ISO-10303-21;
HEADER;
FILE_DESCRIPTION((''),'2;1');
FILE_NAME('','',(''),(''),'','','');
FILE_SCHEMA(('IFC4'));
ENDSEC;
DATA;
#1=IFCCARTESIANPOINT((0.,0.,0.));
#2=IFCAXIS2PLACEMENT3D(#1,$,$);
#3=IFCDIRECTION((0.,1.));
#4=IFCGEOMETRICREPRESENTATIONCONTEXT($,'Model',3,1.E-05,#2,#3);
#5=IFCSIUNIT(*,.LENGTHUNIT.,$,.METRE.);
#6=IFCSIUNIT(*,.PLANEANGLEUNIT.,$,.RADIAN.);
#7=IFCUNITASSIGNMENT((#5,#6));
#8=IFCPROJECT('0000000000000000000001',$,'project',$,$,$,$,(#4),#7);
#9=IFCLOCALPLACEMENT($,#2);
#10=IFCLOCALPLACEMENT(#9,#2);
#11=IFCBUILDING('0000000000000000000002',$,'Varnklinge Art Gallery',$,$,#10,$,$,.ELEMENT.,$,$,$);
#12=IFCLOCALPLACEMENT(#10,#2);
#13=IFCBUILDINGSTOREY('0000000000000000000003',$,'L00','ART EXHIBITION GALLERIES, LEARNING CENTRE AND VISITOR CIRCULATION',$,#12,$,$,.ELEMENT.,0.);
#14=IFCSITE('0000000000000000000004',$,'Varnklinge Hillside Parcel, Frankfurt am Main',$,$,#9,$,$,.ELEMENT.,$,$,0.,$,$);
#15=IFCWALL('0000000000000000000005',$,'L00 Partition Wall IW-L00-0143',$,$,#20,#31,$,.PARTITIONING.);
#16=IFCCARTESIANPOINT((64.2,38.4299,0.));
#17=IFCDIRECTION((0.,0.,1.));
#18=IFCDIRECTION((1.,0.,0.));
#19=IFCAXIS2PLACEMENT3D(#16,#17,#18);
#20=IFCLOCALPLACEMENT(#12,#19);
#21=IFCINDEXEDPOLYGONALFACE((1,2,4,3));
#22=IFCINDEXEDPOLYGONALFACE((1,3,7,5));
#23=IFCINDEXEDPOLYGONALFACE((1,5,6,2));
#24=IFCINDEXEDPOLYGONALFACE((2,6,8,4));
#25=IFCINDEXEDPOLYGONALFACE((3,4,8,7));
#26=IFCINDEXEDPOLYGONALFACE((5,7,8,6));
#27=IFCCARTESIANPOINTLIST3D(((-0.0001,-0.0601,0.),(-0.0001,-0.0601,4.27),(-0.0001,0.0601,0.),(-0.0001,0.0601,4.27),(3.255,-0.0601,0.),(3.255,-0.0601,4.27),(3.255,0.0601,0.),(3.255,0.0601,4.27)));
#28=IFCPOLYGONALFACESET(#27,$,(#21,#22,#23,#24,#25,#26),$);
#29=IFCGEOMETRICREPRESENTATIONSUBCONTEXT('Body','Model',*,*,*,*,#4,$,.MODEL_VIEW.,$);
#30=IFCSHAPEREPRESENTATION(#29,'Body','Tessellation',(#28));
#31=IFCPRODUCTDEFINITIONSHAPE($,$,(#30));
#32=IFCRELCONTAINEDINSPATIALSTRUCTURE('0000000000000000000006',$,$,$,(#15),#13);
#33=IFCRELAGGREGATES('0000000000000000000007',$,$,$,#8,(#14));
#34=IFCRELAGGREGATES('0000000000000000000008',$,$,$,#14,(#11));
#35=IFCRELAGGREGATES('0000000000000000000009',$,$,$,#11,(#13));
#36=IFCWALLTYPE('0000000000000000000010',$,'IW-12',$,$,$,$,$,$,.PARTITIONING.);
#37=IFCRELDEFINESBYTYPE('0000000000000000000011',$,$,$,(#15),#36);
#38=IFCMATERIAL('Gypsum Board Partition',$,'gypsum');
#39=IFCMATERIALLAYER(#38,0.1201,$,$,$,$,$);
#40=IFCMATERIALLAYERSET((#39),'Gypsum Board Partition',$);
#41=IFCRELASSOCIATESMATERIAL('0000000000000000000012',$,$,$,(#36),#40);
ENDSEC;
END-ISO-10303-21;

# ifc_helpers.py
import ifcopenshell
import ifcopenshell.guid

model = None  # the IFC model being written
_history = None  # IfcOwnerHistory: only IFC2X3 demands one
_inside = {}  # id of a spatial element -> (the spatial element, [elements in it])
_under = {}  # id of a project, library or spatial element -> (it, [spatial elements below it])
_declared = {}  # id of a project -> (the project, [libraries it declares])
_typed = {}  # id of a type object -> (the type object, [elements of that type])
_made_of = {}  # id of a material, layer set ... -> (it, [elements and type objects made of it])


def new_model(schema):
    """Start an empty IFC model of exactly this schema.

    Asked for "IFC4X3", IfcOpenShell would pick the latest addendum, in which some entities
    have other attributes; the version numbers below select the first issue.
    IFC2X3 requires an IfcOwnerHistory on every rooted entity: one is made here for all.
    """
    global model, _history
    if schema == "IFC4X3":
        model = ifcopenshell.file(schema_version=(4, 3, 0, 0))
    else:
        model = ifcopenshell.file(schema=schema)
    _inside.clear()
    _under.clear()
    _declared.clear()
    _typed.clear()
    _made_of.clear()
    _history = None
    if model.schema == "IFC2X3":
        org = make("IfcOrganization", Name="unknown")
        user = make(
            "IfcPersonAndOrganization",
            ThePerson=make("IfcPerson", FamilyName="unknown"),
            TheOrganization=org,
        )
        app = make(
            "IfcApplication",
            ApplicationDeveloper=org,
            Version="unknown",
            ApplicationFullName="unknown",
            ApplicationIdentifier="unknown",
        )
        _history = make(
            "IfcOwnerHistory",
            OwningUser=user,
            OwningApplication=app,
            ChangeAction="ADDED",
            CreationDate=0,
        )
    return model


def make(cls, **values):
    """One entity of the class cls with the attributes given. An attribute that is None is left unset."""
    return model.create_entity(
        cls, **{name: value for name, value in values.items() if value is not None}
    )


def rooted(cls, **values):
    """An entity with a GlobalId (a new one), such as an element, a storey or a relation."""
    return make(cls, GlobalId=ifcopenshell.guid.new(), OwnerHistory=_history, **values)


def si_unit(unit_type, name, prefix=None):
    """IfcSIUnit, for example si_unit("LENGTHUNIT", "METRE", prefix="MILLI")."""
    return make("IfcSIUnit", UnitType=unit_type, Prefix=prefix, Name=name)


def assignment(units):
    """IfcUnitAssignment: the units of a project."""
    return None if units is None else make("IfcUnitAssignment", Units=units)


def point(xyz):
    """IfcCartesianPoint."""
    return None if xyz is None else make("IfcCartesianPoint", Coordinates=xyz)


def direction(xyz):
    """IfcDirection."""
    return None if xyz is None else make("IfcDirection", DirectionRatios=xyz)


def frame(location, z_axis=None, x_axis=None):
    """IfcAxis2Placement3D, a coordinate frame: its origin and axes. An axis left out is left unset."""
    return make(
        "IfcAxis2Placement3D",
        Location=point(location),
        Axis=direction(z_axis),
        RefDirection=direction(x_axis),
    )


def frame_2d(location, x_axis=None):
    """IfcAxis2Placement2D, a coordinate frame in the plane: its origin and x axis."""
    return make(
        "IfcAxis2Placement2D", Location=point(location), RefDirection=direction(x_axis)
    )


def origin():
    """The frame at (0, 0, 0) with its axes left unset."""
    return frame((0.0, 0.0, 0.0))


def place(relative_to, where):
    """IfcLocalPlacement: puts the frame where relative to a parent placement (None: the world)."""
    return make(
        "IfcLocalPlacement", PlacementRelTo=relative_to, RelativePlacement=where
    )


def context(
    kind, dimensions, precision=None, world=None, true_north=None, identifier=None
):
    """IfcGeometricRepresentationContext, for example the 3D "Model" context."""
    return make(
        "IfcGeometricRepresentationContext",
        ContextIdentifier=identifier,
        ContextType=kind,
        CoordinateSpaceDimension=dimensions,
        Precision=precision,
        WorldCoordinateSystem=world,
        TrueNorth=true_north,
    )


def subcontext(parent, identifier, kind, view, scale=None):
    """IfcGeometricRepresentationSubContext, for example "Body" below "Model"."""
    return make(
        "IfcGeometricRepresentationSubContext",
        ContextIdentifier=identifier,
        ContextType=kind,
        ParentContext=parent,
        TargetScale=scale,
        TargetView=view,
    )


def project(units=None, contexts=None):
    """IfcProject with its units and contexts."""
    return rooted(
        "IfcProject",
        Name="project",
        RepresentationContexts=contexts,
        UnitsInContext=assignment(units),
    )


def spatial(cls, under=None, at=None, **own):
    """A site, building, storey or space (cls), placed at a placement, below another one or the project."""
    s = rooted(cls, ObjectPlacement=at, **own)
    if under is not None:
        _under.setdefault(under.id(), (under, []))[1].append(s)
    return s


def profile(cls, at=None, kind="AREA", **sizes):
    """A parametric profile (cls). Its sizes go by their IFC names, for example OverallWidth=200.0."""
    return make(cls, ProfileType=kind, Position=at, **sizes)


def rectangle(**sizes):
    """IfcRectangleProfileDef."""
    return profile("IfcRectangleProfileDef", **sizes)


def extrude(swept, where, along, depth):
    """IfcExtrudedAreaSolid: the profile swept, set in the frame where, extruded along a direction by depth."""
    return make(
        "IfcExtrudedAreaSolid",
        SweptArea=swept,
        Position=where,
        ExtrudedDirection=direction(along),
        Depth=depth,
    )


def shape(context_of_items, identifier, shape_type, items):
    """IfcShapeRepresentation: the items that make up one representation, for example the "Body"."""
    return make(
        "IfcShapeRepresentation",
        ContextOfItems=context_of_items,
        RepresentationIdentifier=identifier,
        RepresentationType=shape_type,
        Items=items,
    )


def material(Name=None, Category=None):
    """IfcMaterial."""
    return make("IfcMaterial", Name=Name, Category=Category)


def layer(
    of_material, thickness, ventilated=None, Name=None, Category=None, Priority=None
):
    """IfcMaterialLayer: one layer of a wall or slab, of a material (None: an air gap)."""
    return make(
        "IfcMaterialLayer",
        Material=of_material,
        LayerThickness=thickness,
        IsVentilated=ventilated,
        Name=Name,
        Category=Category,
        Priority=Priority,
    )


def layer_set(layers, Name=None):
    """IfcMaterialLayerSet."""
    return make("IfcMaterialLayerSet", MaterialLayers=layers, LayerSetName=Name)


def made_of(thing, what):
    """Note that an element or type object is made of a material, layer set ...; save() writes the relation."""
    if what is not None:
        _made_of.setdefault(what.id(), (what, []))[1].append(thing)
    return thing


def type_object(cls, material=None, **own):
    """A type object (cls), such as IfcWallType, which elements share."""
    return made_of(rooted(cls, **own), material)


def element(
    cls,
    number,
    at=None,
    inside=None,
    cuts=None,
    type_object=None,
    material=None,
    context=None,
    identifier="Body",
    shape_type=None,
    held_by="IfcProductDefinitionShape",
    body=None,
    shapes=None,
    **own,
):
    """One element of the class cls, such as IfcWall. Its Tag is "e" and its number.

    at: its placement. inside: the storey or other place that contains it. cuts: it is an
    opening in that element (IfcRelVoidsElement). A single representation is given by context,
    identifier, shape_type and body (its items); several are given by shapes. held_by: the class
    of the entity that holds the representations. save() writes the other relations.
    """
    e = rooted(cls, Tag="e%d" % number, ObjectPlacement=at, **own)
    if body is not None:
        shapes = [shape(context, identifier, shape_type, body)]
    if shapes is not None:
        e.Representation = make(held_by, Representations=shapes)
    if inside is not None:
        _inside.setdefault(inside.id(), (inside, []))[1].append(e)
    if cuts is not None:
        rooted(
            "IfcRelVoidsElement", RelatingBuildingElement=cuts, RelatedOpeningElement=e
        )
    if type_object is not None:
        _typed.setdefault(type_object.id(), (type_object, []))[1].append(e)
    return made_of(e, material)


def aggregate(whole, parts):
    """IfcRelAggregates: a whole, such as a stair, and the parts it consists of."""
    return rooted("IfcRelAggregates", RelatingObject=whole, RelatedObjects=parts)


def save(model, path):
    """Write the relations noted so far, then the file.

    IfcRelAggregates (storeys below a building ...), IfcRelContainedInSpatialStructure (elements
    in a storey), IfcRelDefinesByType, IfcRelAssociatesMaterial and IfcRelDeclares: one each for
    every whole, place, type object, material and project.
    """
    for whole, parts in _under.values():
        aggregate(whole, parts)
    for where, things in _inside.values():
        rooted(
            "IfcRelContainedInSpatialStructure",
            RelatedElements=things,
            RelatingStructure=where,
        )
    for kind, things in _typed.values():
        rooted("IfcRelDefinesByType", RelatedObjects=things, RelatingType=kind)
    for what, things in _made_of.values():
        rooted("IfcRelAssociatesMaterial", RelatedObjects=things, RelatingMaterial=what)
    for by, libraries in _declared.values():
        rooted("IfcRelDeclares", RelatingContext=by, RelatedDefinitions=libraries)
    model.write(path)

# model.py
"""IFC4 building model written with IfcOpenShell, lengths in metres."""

from ifc_helpers import new_model, si_unit, direction, frame, frame_2d, origin, place, context, subcontext, project, spatial, rectangle, extrude, material, layer, layer_set, type_object, element, save


model = new_model("IFC4")

# Units and contexts
model_context = context("Model", 3, precision=1e-05, world=origin(), true_north=direction((0.0, 1.0)))
body_context = subcontext(model_context, "Body", "Model", "MODEL_VIEW")
ifc_project = project(units=[si_unit("LENGTHUNIT", "METRE"), si_unit("PLANEANGLEUNIT", "RADIAN")], contexts=[model_context])

# Site, building, storey
site_placement = place(None, origin())
site = spatial("IfcSite", under=ifc_project, at=site_placement, Name="Varnklinge Hillside Parcel, Frankfurt am Main", CompositionType="ELEMENT", RefElevation=0.0)
building_placement = place(site_placement, origin())
building = spatial("IfcBuilding", under=site, at=building_placement, Name="Varnklinge Art Gallery", CompositionType="ELEMENT")
storey_placement = place(building_placement, origin())
storey = spatial("IfcBuildingStorey", under=building, at=storey_placement, Name="L00", Description="ART EXHIBITION GALLERIES, LEARNING CENTRE AND VISITOR CIRCULATION", CompositionType="ELEMENT", Elevation=0.0)

# Wall
ifc_material_1 = material(Name="Gypsum Board Partition", Category="gypsum")
ifc_layer_1 = layer(ifc_material_1, 0.1201)
ifc_layer_set_1 = layer_set([ifc_layer_1], Name="Gypsum Board Partition")
wall_type_1 = type_object("IfcWallType", Name="IW-12", PredefinedType="PARTITIONING", material=ifc_layer_set_1)
wall_1_placement = place(storey_placement, frame((64.2, 38.4299, 0.0), z_axis=(0.0, 0.0, 1.0), x_axis=(1.0, 0.0, 0.0)))
element("IfcWall", 1, at=wall_1_placement, inside=storey, type_object=wall_type_1, Name="L00 Partition Wall IW-L00-0143", PredefinedType="PARTITIONING", context=body_context, shape_type="SweptSolid", body=[
    extrude(rectangle(XDim=3.2551, YDim=0.1201, at=frame_2d((1.6274, 0.0))), origin(), (0.0, 0.0, 1.0), 4.27),
])

save(model, "model.ifc")
